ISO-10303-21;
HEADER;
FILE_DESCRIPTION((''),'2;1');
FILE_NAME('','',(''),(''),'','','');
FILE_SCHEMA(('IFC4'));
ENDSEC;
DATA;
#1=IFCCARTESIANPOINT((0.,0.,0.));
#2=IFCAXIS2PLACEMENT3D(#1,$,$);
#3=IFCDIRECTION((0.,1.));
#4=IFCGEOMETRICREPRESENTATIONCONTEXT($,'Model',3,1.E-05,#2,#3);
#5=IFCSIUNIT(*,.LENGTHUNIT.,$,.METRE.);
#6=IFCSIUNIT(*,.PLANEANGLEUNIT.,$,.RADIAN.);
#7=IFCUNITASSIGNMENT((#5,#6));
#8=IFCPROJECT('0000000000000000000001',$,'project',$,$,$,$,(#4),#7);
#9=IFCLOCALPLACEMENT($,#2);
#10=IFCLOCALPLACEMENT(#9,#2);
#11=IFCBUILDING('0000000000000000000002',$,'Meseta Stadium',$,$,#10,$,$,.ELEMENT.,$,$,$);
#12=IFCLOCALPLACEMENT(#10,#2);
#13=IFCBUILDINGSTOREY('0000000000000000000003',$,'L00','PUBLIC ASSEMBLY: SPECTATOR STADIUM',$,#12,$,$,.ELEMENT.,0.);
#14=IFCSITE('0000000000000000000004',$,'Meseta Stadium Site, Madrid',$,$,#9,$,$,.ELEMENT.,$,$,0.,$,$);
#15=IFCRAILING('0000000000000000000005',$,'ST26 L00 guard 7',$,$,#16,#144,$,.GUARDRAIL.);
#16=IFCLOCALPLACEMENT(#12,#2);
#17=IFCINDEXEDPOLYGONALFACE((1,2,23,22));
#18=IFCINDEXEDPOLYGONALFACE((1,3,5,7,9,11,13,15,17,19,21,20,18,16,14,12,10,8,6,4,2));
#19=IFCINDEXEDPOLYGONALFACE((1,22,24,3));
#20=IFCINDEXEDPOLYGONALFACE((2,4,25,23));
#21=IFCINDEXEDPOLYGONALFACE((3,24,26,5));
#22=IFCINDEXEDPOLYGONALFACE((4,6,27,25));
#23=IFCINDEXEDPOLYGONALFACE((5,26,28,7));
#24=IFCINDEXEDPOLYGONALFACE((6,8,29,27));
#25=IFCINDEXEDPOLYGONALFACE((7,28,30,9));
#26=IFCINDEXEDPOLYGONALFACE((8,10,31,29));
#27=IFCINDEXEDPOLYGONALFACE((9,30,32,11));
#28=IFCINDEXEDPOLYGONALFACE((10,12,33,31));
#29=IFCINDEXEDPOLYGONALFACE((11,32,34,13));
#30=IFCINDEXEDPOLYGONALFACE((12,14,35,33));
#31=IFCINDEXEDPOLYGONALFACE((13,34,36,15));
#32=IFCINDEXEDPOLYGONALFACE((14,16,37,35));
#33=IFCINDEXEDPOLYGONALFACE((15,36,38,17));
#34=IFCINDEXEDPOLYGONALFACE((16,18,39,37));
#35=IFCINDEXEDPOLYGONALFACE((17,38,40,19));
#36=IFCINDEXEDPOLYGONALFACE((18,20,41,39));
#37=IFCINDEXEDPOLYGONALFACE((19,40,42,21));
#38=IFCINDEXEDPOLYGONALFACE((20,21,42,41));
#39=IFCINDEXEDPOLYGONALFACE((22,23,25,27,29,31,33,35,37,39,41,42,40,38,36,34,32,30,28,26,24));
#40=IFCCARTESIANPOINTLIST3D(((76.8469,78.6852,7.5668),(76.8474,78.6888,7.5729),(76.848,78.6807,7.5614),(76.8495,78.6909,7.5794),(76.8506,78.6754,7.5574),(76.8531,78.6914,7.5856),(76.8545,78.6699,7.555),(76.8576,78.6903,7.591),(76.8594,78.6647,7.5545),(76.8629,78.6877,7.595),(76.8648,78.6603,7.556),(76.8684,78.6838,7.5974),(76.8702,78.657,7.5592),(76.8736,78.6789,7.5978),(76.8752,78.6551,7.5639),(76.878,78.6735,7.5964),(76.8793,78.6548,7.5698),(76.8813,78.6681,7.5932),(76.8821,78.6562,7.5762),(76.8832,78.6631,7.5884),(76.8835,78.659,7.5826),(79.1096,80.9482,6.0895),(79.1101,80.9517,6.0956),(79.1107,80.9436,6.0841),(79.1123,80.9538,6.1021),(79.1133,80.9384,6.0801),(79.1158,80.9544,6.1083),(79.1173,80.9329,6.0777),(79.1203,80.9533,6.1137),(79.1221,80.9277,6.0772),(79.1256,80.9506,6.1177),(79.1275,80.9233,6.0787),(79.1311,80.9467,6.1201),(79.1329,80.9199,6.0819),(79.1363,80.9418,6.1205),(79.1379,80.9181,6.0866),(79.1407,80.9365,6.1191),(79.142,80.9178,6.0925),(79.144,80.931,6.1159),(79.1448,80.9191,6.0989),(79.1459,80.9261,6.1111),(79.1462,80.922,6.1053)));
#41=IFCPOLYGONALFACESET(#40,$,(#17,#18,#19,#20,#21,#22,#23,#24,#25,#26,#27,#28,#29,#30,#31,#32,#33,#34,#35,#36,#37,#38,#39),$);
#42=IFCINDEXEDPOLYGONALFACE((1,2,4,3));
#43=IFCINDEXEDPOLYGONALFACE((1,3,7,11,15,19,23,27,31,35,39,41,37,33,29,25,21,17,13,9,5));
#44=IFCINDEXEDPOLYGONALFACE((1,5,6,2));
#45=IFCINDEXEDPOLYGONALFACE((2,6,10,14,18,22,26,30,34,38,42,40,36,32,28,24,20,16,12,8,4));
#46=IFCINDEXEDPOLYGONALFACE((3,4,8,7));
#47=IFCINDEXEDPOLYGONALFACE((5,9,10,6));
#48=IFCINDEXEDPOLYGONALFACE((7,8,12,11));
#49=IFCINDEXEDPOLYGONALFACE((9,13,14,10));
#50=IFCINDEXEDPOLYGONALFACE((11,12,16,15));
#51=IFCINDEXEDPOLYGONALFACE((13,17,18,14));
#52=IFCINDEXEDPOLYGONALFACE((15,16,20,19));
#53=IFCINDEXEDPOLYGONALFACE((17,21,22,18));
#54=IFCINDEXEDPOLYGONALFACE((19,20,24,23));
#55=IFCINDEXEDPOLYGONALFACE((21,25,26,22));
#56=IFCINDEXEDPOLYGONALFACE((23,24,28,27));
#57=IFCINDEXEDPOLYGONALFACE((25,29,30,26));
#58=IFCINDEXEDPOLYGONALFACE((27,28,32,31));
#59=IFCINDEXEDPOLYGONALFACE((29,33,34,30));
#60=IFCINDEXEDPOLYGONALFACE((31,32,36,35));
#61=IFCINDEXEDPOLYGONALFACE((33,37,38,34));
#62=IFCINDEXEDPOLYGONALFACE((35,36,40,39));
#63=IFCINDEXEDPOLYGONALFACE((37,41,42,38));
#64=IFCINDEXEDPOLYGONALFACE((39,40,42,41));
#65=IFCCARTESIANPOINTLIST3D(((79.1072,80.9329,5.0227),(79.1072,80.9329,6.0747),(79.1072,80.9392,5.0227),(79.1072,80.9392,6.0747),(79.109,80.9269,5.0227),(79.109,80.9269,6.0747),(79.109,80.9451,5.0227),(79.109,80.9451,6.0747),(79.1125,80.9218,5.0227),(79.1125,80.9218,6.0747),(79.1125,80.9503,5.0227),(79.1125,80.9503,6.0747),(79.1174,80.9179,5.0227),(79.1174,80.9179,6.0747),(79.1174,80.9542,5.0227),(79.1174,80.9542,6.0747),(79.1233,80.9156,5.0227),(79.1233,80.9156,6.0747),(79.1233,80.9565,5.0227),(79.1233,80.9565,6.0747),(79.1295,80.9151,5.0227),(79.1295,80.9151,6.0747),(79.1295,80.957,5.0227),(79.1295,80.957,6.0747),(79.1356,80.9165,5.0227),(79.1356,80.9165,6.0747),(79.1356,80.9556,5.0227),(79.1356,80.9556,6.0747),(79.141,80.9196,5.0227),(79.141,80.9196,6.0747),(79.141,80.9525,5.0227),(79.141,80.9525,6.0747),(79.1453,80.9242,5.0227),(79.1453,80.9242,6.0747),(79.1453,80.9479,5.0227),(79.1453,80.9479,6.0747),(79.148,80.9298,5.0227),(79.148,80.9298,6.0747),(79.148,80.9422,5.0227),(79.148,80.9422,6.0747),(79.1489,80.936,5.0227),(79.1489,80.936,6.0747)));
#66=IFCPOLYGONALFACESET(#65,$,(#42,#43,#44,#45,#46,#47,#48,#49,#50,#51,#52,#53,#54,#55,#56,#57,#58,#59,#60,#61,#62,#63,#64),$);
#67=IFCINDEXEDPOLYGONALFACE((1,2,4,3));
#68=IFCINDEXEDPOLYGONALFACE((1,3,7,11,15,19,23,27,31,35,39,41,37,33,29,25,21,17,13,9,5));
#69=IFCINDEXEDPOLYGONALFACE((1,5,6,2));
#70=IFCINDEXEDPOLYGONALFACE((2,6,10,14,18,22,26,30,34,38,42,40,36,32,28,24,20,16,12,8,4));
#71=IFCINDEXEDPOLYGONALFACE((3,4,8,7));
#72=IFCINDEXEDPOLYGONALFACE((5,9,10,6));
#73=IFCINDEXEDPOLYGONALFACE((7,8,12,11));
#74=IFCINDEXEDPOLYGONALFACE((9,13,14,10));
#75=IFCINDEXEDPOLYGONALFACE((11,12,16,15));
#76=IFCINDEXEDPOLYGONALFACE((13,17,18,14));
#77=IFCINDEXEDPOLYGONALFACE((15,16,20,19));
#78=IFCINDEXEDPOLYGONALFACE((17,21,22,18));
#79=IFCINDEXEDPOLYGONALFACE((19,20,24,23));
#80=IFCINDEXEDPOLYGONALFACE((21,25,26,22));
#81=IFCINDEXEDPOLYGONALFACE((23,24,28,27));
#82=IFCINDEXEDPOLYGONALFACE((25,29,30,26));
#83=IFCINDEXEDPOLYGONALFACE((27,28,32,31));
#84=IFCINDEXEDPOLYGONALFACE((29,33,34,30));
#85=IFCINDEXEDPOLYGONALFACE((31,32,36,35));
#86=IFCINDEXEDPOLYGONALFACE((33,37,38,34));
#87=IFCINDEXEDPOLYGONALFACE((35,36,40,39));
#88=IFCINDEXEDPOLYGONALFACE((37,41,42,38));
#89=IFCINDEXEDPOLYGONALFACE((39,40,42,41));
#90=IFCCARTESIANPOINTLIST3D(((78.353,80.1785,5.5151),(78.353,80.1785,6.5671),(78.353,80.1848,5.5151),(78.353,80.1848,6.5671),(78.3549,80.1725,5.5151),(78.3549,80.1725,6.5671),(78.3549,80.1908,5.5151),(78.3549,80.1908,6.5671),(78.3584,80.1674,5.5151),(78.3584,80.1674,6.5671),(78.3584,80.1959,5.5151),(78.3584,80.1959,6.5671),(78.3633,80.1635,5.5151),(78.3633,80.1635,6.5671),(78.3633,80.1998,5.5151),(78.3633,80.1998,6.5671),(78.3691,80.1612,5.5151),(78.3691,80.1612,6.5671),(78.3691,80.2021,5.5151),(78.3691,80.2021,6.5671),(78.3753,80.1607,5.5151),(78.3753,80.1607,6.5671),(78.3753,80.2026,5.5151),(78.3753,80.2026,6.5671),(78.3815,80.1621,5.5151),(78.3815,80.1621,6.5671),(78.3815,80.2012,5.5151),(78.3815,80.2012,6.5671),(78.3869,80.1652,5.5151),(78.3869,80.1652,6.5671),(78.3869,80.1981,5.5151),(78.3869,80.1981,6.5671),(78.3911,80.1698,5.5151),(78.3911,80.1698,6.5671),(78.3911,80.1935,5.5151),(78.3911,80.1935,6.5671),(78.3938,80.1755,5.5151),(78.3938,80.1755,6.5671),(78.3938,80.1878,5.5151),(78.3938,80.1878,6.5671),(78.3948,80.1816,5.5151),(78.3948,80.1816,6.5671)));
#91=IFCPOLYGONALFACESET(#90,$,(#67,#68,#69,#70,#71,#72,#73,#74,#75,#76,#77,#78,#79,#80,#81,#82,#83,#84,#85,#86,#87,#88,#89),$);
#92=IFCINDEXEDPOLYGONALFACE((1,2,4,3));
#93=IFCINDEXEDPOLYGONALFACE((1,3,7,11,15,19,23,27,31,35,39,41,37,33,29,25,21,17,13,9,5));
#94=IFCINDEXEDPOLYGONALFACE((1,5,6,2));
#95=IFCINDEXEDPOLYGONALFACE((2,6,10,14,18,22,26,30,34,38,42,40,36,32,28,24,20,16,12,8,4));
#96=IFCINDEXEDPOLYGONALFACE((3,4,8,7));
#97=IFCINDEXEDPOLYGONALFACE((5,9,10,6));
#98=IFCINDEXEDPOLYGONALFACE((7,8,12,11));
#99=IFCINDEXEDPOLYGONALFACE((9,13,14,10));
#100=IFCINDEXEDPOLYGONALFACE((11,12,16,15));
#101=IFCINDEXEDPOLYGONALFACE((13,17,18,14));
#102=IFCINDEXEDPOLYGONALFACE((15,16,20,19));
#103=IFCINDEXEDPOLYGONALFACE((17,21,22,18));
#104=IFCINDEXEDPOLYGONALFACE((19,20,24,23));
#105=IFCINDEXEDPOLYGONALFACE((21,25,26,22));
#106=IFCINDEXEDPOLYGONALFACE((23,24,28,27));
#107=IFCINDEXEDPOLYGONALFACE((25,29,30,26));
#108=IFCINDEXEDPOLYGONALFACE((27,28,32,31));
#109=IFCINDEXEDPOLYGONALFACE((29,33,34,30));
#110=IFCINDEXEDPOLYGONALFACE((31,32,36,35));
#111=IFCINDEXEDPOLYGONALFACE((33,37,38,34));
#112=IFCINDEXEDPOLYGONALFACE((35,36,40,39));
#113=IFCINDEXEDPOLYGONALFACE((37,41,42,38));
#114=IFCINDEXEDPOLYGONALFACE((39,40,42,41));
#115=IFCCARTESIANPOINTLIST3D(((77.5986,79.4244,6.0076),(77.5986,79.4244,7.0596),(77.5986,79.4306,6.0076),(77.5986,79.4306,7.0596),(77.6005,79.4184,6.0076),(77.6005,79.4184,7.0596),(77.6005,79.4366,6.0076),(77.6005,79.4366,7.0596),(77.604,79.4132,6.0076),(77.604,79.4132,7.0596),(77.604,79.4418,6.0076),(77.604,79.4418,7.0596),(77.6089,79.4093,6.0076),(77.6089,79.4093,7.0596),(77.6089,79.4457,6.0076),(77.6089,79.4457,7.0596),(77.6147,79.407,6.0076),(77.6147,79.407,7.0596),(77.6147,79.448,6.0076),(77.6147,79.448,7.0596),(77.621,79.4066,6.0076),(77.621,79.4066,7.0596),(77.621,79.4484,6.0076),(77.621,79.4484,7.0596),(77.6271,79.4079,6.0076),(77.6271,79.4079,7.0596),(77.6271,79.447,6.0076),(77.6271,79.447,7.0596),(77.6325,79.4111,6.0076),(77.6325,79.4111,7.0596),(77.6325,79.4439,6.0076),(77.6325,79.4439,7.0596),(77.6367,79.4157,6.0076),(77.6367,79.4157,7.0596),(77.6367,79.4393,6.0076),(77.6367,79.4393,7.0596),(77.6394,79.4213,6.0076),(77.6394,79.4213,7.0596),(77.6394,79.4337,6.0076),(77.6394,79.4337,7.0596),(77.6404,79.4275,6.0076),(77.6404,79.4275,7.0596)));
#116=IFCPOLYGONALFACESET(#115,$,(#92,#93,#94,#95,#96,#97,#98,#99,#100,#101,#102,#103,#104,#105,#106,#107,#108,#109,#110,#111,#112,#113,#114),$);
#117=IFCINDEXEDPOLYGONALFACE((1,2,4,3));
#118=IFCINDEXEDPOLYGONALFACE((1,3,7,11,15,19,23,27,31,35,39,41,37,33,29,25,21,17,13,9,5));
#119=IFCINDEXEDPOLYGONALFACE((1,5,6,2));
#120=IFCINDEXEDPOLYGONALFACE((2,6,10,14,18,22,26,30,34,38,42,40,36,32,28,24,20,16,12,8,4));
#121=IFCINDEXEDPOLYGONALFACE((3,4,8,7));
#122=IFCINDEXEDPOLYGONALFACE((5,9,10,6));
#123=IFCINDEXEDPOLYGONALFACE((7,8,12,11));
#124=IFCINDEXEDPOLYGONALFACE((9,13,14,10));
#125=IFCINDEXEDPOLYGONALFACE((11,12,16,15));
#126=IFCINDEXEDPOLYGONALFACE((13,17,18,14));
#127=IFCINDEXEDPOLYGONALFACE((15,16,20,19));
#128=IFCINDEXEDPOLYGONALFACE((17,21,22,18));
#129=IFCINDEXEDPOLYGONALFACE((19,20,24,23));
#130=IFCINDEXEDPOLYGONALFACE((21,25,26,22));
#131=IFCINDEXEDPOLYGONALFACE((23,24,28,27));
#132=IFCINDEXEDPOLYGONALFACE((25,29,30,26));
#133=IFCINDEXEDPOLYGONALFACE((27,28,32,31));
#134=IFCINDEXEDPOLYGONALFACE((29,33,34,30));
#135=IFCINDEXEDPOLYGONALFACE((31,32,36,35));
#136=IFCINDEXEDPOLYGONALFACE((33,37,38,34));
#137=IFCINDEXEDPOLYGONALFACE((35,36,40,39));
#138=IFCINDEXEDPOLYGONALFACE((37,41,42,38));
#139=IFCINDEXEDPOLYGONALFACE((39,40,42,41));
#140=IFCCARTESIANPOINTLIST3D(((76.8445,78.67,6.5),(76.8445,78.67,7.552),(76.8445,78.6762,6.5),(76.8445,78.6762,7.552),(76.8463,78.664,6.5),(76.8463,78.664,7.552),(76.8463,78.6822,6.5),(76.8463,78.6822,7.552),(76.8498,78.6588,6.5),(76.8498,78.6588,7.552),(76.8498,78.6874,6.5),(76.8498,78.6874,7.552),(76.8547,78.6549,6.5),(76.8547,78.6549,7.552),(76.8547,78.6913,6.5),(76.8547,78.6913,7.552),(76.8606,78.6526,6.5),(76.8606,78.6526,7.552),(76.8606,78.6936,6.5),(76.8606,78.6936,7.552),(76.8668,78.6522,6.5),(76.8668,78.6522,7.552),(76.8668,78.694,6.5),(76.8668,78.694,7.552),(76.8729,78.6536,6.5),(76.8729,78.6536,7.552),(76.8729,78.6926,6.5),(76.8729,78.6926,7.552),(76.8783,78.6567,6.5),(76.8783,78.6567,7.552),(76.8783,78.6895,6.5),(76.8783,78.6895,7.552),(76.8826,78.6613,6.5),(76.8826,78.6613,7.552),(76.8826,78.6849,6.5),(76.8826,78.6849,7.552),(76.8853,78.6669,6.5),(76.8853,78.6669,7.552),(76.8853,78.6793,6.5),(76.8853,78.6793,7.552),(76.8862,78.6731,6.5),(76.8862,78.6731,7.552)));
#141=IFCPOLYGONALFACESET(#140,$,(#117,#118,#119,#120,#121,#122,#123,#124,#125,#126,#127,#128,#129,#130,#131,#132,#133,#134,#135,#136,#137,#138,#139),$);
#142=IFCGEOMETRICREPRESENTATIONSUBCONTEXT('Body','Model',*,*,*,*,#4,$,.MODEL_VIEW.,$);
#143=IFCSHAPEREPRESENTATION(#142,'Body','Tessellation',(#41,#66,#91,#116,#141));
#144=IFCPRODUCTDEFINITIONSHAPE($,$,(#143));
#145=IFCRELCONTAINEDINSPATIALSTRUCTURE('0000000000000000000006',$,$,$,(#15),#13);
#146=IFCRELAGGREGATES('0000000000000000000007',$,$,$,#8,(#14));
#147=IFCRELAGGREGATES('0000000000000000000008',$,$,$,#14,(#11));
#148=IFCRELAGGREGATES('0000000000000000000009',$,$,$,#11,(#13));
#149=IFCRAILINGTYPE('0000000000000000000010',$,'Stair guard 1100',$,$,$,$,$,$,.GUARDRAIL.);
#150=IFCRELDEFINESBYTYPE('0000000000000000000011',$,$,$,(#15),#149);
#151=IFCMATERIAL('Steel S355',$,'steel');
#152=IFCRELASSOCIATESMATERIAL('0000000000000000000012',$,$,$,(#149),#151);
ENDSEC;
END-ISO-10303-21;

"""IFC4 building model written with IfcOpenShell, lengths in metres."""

from ifc_helpers import new_model, si_unit, direction, frame, origin, origin_2d, place, context, subcontext, project, spatial, circle, extrude, material, type_object, element, save


model = new_model("IFC4")

# Units and contexts
model_context = context("Model", 3, precision=1e-05, world=origin(), true_north=direction((0.0, 1.0)))
body_context = subcontext(model_context, "Body", "Model", "MODEL_VIEW")
ifc_project = project(units=[si_unit("LENGTHUNIT", "METRE"), si_unit("PLANEANGLEUNIT", "RADIAN")], contexts=[model_context])

# Site, building, storey
site_placement = place(None, origin())
site = spatial("IfcSite", under=ifc_project, at=site_placement, Name="Meseta Stadium Site, Madrid", CompositionType="ELEMENT", RefElevation=0.0)
building_placement = place(site_placement, origin())
building = spatial("IfcBuilding", under=site, at=building_placement, Name="Meseta Stadium", CompositionType="ELEMENT")
storey_placement = place(building_placement, origin())
storey = spatial("IfcBuildingStorey", under=building, at=storey_placement, Name="L00", Description="PUBLIC ASSEMBLY: SPECTATOR STADIUM", CompositionType="ELEMENT", Elevation=0.0)

# Railing
ifc_material_1 = material(Name="Steel S355", Category="steel")
railing_type_1 = type_object("IfcRailingType", Name="Stair guard 1100", PredefinedType="GUARDRAIL", material=ifc_material_1)
railing_1_placement = place(storey_placement, frame((79.1279, 80.936, 5.0227)))
element("IfcRailing", 1, at=railing_1_placement, inside=storey, type_object=railing_type_1, Name="ST26 L00 guard 7", PredefinedType="GUARDRAIL", context=body_context, shape_type="SweptSolid", body=[
    extrude(circle(Radius=0.0239, at=origin_2d()), frame((0.0, 0.0, 1.0762), z_axis=(-0.641965, -0.642034, 0.419134), x_axis=(0.707145, -0.707069, 0.0)), (0.0, 0.0, 1.0), 3.5247),
    extrude(circle(Radius=0.021, at=origin_2d()), origin(), (0.0, 0.0, 1.0), 1.052),
    extrude(circle(Radius=0.021, at=origin_2d()), frame((-0.7542, -0.7544, 0.4924)), (0.0, 0.0, 1.0), 1.052),
    extrude(circle(Radius=0.021, at=origin_2d()), frame((-1.5085, -1.5085, 0.9849)), (0.0, 0.0, 1.0), 1.052),
    extrude(circle(Radius=0.021, at=origin_2d()), frame((-2.2627, -2.2629, 1.4773)), (0.0, 0.0, 1.0), 1.052),
])

save(model, "model.ifc")
